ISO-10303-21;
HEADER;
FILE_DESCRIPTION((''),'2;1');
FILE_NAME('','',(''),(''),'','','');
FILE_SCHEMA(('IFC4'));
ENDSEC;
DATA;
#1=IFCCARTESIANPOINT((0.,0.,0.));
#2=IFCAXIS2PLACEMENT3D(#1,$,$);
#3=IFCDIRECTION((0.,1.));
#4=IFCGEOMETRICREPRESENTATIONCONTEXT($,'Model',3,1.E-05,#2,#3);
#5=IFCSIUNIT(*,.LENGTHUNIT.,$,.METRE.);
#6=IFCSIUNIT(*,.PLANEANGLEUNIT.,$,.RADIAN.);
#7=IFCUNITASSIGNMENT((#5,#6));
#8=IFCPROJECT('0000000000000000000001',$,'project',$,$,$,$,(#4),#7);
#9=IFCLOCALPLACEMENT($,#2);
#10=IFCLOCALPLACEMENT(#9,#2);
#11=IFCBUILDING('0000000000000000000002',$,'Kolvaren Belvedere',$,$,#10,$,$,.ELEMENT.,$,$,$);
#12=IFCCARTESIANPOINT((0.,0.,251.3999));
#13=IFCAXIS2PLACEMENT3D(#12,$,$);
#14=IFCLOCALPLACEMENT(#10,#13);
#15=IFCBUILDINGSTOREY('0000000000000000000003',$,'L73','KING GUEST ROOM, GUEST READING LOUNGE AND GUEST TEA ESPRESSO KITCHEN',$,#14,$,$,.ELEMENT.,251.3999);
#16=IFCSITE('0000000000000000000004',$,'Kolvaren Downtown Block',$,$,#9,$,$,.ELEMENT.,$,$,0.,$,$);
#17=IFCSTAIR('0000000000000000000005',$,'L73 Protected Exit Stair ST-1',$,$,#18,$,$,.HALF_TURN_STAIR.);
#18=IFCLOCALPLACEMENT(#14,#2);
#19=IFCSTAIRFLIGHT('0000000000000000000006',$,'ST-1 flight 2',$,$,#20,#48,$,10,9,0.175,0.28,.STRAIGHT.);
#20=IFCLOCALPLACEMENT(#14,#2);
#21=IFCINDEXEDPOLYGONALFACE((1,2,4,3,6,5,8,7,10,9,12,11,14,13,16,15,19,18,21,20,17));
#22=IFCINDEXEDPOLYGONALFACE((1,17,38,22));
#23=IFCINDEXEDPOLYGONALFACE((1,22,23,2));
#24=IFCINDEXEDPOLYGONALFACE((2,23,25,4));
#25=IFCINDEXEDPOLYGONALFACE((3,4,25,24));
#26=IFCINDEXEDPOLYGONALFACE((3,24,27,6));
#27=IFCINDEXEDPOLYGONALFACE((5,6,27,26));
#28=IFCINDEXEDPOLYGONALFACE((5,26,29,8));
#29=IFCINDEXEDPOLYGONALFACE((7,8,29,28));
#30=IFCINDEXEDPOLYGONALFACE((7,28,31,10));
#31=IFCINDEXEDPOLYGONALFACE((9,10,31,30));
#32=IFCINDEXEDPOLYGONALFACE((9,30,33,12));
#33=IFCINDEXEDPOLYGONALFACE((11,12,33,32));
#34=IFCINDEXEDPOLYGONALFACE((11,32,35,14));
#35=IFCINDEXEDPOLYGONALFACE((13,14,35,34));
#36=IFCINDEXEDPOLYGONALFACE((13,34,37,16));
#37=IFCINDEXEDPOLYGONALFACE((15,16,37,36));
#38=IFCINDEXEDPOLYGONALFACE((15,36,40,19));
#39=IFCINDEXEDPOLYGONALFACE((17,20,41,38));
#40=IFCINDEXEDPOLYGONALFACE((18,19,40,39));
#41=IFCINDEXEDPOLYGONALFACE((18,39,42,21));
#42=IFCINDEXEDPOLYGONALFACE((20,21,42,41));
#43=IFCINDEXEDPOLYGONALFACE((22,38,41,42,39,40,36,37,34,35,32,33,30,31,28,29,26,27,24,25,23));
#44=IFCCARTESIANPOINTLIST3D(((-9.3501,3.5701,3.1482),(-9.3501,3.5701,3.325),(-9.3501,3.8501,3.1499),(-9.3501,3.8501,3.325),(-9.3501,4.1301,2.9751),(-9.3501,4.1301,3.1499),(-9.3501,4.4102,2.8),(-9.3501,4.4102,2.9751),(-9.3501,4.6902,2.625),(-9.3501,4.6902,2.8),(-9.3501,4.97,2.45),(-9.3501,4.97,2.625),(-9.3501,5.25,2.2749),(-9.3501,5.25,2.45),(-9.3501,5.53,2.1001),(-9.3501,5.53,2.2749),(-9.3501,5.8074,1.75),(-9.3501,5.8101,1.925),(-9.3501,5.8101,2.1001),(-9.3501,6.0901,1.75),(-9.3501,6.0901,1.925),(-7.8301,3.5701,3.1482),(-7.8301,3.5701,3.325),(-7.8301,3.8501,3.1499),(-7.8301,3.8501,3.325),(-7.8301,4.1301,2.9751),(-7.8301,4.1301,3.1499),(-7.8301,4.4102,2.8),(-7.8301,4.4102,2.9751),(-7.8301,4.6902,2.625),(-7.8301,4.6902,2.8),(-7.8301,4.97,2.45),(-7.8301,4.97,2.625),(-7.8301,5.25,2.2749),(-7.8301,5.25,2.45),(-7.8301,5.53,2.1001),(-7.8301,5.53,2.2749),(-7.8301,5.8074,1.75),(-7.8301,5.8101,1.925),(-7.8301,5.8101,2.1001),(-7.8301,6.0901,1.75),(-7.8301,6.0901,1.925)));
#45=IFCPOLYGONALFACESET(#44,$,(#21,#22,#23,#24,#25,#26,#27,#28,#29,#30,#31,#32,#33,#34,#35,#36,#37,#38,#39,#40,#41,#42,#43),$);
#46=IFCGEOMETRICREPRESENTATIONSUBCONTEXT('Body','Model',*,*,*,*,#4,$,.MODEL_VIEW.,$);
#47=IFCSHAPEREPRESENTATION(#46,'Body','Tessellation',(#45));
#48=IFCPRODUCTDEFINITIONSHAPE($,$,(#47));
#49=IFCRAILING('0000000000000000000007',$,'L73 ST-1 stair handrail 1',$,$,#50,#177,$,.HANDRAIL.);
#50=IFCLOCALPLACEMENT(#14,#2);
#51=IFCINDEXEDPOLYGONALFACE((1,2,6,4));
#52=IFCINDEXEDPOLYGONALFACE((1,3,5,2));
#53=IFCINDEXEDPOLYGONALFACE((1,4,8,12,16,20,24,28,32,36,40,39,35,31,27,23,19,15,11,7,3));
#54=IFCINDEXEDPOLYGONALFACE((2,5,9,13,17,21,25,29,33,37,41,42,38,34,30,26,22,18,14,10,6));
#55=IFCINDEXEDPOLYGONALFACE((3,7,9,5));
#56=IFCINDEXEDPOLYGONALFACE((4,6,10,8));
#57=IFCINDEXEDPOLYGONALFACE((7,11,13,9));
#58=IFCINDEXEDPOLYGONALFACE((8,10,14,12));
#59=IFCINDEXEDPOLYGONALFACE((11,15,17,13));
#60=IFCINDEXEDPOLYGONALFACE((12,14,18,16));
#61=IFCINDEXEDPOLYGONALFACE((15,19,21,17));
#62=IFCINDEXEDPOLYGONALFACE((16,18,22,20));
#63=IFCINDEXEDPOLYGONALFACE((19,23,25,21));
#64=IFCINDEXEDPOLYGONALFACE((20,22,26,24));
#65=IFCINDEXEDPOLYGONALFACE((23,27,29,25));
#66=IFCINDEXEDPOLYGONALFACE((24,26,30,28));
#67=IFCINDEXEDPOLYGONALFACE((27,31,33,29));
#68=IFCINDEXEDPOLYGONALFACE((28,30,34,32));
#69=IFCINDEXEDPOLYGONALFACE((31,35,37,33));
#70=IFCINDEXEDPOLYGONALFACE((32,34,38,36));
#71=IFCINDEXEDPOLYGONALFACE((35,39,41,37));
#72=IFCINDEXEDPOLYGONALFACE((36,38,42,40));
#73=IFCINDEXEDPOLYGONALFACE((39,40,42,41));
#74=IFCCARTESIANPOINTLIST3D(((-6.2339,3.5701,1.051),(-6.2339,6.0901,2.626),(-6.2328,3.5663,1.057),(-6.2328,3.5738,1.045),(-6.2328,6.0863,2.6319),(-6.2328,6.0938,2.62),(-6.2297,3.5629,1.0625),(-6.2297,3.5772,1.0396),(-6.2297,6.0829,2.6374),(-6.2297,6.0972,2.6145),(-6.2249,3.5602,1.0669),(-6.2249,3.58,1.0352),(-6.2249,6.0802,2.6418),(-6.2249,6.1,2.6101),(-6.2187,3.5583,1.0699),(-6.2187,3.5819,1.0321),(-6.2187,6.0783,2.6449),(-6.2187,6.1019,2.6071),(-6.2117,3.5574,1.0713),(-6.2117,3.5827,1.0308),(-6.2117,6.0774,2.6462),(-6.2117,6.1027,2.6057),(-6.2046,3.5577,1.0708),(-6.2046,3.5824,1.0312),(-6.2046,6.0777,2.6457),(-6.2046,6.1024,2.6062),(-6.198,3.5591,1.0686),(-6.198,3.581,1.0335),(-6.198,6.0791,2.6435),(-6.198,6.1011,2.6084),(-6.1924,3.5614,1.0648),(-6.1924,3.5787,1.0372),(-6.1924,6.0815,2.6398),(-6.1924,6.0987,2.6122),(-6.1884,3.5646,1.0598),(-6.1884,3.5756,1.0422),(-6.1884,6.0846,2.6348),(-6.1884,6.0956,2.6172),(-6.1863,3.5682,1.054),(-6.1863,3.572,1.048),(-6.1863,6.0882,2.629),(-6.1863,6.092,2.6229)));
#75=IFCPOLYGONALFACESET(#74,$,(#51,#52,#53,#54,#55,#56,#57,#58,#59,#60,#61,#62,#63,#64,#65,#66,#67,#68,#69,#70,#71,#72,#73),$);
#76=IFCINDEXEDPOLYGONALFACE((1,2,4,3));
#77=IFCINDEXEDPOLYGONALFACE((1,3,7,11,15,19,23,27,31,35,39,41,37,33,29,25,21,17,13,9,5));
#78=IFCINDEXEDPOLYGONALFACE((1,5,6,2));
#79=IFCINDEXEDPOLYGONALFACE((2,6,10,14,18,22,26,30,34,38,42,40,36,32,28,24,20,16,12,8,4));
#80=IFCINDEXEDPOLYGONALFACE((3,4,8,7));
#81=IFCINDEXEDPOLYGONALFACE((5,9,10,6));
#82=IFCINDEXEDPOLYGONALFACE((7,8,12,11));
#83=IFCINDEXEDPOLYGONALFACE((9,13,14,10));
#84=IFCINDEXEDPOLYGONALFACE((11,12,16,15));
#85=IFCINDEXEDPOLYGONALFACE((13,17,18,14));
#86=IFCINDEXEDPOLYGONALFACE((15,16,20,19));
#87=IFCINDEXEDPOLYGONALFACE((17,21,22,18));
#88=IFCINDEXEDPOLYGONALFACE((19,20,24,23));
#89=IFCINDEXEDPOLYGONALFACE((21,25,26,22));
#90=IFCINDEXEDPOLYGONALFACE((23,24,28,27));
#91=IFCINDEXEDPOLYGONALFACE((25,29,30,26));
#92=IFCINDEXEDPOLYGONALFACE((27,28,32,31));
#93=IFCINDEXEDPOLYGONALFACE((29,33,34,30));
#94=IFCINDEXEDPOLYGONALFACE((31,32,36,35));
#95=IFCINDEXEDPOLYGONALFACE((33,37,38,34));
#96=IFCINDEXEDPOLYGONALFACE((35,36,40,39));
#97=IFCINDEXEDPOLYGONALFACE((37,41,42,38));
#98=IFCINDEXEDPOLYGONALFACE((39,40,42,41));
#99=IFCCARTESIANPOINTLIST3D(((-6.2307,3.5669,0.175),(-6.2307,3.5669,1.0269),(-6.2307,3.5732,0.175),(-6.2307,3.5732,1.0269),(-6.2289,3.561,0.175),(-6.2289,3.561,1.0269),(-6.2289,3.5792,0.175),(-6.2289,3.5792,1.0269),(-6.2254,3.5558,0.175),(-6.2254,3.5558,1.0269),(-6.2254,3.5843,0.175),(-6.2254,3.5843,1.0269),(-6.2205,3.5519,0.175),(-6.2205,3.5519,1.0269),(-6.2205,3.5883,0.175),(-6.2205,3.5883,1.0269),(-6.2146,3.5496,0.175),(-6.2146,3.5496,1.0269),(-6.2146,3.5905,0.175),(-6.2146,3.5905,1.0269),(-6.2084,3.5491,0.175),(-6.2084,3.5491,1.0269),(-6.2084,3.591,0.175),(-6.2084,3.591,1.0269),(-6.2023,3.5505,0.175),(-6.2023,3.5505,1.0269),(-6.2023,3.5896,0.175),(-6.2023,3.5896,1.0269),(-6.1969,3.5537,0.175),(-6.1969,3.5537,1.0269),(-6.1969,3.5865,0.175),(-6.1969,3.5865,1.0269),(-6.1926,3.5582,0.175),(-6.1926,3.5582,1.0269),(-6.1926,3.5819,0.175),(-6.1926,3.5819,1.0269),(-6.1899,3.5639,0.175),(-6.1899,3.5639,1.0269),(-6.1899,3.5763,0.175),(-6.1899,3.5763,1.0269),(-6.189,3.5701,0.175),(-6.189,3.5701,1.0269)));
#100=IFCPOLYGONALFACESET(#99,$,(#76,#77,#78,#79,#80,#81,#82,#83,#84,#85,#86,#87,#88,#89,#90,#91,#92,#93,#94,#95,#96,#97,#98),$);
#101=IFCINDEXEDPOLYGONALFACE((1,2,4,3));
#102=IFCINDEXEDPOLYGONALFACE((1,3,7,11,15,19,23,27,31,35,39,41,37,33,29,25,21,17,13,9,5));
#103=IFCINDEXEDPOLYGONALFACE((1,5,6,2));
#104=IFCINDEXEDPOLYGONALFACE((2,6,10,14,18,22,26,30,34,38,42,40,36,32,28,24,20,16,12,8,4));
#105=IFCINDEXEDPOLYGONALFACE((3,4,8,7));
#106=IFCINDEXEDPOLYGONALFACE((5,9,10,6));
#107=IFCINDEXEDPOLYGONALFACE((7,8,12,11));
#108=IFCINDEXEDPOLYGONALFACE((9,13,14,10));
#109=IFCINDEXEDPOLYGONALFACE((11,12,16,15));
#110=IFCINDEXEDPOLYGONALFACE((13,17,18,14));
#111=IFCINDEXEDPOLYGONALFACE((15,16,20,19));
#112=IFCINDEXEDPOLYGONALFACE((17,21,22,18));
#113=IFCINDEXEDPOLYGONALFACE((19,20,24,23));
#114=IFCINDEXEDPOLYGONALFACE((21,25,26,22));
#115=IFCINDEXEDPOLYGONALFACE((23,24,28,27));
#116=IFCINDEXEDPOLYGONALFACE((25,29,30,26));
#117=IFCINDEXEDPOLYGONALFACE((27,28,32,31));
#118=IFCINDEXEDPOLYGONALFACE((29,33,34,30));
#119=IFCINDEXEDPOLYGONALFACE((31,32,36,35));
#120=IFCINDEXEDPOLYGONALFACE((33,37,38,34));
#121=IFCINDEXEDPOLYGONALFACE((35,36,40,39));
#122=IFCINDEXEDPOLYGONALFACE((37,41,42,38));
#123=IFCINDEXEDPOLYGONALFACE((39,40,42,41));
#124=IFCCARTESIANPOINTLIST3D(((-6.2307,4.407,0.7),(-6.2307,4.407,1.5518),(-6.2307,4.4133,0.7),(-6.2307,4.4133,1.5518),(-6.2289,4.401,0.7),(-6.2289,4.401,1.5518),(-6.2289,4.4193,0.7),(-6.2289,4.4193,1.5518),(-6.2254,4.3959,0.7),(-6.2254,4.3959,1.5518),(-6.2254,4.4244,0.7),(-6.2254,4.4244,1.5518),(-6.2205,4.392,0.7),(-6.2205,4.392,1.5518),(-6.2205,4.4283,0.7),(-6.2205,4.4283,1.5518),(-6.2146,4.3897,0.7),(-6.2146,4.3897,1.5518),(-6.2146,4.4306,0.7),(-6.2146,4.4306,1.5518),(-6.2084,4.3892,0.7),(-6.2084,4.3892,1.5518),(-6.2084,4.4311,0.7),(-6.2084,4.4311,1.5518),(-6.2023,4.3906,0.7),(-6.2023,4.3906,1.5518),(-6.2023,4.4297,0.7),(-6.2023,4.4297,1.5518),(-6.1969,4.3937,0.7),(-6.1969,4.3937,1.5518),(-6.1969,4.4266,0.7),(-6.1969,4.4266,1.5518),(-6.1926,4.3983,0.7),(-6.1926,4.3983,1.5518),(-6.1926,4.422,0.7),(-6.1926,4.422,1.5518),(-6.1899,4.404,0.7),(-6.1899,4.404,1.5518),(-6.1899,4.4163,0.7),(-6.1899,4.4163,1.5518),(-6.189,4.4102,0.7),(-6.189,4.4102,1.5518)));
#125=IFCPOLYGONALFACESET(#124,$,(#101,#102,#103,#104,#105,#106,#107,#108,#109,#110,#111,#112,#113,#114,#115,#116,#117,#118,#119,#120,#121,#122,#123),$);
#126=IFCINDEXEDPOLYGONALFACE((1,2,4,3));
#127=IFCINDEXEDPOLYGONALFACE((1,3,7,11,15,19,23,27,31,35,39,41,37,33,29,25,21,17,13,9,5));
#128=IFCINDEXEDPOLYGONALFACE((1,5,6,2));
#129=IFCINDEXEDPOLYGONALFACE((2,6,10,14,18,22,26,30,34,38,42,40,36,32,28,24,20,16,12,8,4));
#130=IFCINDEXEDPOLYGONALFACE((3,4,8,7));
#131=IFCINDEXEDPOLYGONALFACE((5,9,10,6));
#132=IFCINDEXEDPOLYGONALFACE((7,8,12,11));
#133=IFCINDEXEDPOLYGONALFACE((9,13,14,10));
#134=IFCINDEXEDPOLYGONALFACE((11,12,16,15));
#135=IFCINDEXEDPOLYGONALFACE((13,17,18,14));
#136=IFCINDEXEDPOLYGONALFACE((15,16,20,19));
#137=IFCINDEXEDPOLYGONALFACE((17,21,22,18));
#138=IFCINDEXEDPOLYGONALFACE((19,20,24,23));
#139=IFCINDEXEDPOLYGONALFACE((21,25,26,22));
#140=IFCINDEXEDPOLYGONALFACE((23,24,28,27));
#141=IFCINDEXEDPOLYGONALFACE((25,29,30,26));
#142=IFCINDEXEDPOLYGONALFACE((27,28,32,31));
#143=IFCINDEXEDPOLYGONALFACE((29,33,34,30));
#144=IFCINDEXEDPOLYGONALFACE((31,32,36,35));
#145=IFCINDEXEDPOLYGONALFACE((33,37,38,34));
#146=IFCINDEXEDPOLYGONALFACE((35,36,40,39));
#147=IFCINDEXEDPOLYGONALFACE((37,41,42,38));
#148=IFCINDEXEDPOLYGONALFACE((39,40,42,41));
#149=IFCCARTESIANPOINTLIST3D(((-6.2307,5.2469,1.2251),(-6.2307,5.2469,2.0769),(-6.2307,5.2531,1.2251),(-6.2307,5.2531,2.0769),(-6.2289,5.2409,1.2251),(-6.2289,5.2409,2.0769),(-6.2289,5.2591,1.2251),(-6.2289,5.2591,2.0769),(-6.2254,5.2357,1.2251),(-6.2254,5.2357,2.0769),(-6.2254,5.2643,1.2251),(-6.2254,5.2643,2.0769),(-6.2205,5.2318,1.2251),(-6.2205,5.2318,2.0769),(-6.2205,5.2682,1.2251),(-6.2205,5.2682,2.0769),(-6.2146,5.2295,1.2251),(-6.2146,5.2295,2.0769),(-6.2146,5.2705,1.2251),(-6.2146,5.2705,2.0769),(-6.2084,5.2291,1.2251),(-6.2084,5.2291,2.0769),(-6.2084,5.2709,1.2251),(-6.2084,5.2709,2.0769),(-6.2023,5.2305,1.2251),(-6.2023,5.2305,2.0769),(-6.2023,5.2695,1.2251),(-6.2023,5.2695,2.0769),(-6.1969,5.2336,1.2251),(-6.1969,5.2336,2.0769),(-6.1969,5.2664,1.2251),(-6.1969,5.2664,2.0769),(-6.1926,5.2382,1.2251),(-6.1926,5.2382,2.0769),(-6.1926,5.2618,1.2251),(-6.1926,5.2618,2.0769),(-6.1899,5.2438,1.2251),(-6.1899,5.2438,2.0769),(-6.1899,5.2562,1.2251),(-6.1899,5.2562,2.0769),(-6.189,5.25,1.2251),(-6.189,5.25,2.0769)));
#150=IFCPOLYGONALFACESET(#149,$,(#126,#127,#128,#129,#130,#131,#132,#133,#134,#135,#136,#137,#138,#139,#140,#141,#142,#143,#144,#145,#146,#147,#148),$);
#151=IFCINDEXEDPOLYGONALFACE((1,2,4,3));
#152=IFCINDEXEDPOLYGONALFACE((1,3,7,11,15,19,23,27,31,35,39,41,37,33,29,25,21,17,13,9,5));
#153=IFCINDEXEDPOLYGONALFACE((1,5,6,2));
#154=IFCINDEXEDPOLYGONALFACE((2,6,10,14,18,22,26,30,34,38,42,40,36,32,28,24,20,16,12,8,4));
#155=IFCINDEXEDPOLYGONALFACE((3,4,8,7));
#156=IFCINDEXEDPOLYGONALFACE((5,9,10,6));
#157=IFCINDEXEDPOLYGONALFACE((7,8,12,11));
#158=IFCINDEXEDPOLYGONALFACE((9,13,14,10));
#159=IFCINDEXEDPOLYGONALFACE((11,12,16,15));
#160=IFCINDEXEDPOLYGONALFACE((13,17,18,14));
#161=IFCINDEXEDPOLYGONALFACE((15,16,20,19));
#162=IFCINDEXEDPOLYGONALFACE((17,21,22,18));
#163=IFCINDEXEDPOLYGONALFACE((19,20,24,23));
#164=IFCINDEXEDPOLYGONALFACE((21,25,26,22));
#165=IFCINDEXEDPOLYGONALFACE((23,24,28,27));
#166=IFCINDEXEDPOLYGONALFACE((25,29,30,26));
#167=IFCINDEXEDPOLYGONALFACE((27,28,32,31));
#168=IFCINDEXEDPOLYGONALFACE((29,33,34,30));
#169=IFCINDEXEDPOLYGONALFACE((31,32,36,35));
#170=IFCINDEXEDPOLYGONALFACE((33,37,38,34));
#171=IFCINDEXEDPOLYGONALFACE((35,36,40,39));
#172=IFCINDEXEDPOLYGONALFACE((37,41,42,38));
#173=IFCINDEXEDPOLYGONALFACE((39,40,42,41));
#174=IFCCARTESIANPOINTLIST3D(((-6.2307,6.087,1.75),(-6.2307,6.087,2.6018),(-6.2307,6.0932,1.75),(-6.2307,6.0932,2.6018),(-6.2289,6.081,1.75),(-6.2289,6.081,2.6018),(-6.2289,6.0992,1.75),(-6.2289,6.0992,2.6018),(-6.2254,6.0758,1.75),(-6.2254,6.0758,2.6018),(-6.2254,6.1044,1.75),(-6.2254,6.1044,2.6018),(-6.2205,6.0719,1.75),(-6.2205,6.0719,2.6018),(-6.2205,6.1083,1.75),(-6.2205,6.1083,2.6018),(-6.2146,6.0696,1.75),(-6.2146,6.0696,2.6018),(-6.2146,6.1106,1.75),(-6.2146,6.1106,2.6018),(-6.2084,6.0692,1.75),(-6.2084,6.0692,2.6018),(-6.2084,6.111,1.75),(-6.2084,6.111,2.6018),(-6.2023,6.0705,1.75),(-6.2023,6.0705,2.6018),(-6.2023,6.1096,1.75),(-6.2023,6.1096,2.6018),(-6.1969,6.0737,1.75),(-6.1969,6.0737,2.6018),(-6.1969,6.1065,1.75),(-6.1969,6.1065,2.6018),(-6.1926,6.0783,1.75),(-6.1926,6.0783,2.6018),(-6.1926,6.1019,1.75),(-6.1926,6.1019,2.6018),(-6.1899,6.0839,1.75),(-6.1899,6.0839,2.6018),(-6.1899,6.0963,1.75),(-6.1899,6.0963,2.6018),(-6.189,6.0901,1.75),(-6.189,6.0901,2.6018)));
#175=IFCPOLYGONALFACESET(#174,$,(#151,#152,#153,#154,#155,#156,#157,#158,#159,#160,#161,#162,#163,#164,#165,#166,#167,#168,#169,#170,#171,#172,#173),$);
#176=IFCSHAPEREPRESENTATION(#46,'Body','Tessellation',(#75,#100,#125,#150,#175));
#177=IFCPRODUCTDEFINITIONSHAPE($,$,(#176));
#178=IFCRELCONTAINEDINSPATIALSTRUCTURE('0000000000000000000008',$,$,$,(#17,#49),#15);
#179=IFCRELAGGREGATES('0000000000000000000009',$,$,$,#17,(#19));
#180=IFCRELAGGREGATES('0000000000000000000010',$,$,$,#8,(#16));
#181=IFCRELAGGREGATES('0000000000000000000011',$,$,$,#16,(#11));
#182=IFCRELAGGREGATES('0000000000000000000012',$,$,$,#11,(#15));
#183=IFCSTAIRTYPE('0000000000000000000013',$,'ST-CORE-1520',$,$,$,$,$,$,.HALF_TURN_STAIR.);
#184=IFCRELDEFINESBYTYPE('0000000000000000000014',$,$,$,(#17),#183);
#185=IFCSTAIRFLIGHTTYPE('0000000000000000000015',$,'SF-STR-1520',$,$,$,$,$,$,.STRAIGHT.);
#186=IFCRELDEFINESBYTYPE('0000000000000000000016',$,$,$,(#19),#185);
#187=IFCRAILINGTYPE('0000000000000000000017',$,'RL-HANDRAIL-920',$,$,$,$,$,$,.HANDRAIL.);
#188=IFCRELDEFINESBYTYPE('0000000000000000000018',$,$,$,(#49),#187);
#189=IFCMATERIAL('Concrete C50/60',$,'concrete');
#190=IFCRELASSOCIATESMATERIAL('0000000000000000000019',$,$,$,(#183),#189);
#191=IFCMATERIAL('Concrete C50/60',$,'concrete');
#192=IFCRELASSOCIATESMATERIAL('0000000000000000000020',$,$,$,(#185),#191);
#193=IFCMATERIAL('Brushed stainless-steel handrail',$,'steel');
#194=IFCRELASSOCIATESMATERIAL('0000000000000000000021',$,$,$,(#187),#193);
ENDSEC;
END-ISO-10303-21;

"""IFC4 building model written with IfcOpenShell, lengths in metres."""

from ifc_helpers import new_model, si_unit, direction, frame, origin, origin_2d, place, context, subcontext, project, spatial, polyline, circle, outline, extrude, material, type_object, element, aggregate, save


model = new_model("IFC4")

# Units and contexts
model_context = context("Model", 3, precision=1e-05, world=origin(), true_north=direction((0.0, 1.0)))
body_context = subcontext(model_context, "Body", "Model", "MODEL_VIEW")
ifc_project = project(units=[si_unit("LENGTHUNIT", "METRE"), si_unit("PLANEANGLEUNIT", "RADIAN")], contexts=[model_context])

# Site, building, storey
site_placement = place(None, origin())
site = spatial("IfcSite", under=ifc_project, at=site_placement, Name="Kolvaren Downtown Block", CompositionType="ELEMENT", RefElevation=0.0)
building_placement = place(site_placement, origin())
building = spatial("IfcBuilding", under=site, at=building_placement, Name="Kolvaren Belvedere", CompositionType="ELEMENT")
storey_placement = place(building_placement, frame((0.0, 0.0, 251.3999)))
storey = spatial("IfcBuildingStorey", under=building, at=storey_placement, Name="L73", Description="KING GUEST ROOM, GUEST READING LOUNGE AND GUEST TEA ESPRESSO KITCHEN", CompositionType="ELEMENT", Elevation=251.3999)

# Stair, stair flight
ifc_material_1 = material(Name="Concrete C50/60", Category="concrete")
stair_type = type_object("IfcStairType", Name="ST-CORE-1520", PredefinedType="HALF_TURN_STAIR", material=ifc_material_1)
stair_placement = place(storey_placement, origin())
stair = element("IfcStair", 1, at=stair_placement, inside=storey, type_object=stair_type, Name="L73 Protected Exit Stair ST-1", PredefinedType="HALF_TURN_STAIR")
ifc_material_2 = material(Name="Concrete C50/60", Category="concrete")
stair_flight_type = type_object("IfcStairFlightType", Name="SF-STR-1520", PredefinedType="STRAIGHT", material=ifc_material_2)
stair_flight_1_placement = place(storey_placement, frame((-8.5901, 6.0901, 1.75), z_axis=(0.0, 0.0, 1.0), x_axis=(0.0, -1.0, 0.0)))
stair_flight_1 = element("IfcStairFlight", 2, at=stair_flight_1_placement, type_object=stair_flight_type, Name="ST-1 flight 2", NumberOfRisers=10, NumberOfTreads=9, PredefinedType="STRAIGHT", RiserHeight=0.175, TreadLength=0.28, context=body_context, shape_type="SweptSolid", body=[
    extrude(outline(polyline([(0.0, 0.0), (0.0, 0.175), (0.28, 0.175), (0.28, 0.3501), (0.5601, 0.3501), (0.5601, 0.5249), (0.8401, 0.5249), (0.8401, 0.7), (1.1201, 0.7), (1.1201, 0.875), (1.3999, 0.875), (1.3999, 1.05), (1.6799, 1.05), (1.6799, 1.2251), (1.96, 1.2251), (1.96, 1.3999), (2.24, 1.3999), (2.24, 1.575), (2.52, 1.575), (2.52, 1.75), (2.52, 1.3982), (0.2827, 0.0), (0.0, 0.0)])), frame((0.0, 0.76, 0.0), z_axis=(0.0, -1.0, 0.0), x_axis=(1.0, 0.0, 0.0)), (0.0, 0.0, 1.0), 1.52),
])
aggregate(stair, [stair_flight_1])

# Railing
ifc_material_3 = material(Name="Brushed stainless-steel handrail", Category="steel")
railing_type_1 = type_object("IfcRailingType", Name="RL-HANDRAIL-920", PredefinedType="HANDRAIL", material=ifc_material_3)
railing_1_placement = place(storey_placement, frame((-6.21, 3.5701, 0.175)))
element("IfcRailing", 3, at=railing_1_placement, inside=storey, type_object=railing_type_1, Name="L73 ST-1 stair handrail 1", PredefinedType="HANDRAIL", context=body_context, shape_type="SweptSolid", body=[
    extrude(circle(Radius=0.0239, at=origin_2d()), frame((0.0, 0.0, 0.876), z_axis=(0.0, 0.848008, 0.529984), x_axis=(-1.0, 0.0, 0.0)), (0.0, 0.0, 1.0), 2.9717),
    extrude(circle(Radius=0.021, at=origin_2d()), origin(), (0.0, 0.0, 1.0), 0.8518),
    extrude(circle(Radius=0.021, at=origin_2d()), frame((0.0, 0.8401, 0.5249)), (0.0, 0.0, 1.0), 0.8518),
    extrude(circle(Radius=0.021, at=origin_2d()), frame((0.0, 1.6799, 1.05)), (0.0, 0.0, 1.0), 0.8518),
    extrude(circle(Radius=0.021, at=origin_2d()), frame((0.0, 2.52, 1.575)), (0.0, 0.0, 1.0), 0.8518),
])

save(model, "model.ifc")
